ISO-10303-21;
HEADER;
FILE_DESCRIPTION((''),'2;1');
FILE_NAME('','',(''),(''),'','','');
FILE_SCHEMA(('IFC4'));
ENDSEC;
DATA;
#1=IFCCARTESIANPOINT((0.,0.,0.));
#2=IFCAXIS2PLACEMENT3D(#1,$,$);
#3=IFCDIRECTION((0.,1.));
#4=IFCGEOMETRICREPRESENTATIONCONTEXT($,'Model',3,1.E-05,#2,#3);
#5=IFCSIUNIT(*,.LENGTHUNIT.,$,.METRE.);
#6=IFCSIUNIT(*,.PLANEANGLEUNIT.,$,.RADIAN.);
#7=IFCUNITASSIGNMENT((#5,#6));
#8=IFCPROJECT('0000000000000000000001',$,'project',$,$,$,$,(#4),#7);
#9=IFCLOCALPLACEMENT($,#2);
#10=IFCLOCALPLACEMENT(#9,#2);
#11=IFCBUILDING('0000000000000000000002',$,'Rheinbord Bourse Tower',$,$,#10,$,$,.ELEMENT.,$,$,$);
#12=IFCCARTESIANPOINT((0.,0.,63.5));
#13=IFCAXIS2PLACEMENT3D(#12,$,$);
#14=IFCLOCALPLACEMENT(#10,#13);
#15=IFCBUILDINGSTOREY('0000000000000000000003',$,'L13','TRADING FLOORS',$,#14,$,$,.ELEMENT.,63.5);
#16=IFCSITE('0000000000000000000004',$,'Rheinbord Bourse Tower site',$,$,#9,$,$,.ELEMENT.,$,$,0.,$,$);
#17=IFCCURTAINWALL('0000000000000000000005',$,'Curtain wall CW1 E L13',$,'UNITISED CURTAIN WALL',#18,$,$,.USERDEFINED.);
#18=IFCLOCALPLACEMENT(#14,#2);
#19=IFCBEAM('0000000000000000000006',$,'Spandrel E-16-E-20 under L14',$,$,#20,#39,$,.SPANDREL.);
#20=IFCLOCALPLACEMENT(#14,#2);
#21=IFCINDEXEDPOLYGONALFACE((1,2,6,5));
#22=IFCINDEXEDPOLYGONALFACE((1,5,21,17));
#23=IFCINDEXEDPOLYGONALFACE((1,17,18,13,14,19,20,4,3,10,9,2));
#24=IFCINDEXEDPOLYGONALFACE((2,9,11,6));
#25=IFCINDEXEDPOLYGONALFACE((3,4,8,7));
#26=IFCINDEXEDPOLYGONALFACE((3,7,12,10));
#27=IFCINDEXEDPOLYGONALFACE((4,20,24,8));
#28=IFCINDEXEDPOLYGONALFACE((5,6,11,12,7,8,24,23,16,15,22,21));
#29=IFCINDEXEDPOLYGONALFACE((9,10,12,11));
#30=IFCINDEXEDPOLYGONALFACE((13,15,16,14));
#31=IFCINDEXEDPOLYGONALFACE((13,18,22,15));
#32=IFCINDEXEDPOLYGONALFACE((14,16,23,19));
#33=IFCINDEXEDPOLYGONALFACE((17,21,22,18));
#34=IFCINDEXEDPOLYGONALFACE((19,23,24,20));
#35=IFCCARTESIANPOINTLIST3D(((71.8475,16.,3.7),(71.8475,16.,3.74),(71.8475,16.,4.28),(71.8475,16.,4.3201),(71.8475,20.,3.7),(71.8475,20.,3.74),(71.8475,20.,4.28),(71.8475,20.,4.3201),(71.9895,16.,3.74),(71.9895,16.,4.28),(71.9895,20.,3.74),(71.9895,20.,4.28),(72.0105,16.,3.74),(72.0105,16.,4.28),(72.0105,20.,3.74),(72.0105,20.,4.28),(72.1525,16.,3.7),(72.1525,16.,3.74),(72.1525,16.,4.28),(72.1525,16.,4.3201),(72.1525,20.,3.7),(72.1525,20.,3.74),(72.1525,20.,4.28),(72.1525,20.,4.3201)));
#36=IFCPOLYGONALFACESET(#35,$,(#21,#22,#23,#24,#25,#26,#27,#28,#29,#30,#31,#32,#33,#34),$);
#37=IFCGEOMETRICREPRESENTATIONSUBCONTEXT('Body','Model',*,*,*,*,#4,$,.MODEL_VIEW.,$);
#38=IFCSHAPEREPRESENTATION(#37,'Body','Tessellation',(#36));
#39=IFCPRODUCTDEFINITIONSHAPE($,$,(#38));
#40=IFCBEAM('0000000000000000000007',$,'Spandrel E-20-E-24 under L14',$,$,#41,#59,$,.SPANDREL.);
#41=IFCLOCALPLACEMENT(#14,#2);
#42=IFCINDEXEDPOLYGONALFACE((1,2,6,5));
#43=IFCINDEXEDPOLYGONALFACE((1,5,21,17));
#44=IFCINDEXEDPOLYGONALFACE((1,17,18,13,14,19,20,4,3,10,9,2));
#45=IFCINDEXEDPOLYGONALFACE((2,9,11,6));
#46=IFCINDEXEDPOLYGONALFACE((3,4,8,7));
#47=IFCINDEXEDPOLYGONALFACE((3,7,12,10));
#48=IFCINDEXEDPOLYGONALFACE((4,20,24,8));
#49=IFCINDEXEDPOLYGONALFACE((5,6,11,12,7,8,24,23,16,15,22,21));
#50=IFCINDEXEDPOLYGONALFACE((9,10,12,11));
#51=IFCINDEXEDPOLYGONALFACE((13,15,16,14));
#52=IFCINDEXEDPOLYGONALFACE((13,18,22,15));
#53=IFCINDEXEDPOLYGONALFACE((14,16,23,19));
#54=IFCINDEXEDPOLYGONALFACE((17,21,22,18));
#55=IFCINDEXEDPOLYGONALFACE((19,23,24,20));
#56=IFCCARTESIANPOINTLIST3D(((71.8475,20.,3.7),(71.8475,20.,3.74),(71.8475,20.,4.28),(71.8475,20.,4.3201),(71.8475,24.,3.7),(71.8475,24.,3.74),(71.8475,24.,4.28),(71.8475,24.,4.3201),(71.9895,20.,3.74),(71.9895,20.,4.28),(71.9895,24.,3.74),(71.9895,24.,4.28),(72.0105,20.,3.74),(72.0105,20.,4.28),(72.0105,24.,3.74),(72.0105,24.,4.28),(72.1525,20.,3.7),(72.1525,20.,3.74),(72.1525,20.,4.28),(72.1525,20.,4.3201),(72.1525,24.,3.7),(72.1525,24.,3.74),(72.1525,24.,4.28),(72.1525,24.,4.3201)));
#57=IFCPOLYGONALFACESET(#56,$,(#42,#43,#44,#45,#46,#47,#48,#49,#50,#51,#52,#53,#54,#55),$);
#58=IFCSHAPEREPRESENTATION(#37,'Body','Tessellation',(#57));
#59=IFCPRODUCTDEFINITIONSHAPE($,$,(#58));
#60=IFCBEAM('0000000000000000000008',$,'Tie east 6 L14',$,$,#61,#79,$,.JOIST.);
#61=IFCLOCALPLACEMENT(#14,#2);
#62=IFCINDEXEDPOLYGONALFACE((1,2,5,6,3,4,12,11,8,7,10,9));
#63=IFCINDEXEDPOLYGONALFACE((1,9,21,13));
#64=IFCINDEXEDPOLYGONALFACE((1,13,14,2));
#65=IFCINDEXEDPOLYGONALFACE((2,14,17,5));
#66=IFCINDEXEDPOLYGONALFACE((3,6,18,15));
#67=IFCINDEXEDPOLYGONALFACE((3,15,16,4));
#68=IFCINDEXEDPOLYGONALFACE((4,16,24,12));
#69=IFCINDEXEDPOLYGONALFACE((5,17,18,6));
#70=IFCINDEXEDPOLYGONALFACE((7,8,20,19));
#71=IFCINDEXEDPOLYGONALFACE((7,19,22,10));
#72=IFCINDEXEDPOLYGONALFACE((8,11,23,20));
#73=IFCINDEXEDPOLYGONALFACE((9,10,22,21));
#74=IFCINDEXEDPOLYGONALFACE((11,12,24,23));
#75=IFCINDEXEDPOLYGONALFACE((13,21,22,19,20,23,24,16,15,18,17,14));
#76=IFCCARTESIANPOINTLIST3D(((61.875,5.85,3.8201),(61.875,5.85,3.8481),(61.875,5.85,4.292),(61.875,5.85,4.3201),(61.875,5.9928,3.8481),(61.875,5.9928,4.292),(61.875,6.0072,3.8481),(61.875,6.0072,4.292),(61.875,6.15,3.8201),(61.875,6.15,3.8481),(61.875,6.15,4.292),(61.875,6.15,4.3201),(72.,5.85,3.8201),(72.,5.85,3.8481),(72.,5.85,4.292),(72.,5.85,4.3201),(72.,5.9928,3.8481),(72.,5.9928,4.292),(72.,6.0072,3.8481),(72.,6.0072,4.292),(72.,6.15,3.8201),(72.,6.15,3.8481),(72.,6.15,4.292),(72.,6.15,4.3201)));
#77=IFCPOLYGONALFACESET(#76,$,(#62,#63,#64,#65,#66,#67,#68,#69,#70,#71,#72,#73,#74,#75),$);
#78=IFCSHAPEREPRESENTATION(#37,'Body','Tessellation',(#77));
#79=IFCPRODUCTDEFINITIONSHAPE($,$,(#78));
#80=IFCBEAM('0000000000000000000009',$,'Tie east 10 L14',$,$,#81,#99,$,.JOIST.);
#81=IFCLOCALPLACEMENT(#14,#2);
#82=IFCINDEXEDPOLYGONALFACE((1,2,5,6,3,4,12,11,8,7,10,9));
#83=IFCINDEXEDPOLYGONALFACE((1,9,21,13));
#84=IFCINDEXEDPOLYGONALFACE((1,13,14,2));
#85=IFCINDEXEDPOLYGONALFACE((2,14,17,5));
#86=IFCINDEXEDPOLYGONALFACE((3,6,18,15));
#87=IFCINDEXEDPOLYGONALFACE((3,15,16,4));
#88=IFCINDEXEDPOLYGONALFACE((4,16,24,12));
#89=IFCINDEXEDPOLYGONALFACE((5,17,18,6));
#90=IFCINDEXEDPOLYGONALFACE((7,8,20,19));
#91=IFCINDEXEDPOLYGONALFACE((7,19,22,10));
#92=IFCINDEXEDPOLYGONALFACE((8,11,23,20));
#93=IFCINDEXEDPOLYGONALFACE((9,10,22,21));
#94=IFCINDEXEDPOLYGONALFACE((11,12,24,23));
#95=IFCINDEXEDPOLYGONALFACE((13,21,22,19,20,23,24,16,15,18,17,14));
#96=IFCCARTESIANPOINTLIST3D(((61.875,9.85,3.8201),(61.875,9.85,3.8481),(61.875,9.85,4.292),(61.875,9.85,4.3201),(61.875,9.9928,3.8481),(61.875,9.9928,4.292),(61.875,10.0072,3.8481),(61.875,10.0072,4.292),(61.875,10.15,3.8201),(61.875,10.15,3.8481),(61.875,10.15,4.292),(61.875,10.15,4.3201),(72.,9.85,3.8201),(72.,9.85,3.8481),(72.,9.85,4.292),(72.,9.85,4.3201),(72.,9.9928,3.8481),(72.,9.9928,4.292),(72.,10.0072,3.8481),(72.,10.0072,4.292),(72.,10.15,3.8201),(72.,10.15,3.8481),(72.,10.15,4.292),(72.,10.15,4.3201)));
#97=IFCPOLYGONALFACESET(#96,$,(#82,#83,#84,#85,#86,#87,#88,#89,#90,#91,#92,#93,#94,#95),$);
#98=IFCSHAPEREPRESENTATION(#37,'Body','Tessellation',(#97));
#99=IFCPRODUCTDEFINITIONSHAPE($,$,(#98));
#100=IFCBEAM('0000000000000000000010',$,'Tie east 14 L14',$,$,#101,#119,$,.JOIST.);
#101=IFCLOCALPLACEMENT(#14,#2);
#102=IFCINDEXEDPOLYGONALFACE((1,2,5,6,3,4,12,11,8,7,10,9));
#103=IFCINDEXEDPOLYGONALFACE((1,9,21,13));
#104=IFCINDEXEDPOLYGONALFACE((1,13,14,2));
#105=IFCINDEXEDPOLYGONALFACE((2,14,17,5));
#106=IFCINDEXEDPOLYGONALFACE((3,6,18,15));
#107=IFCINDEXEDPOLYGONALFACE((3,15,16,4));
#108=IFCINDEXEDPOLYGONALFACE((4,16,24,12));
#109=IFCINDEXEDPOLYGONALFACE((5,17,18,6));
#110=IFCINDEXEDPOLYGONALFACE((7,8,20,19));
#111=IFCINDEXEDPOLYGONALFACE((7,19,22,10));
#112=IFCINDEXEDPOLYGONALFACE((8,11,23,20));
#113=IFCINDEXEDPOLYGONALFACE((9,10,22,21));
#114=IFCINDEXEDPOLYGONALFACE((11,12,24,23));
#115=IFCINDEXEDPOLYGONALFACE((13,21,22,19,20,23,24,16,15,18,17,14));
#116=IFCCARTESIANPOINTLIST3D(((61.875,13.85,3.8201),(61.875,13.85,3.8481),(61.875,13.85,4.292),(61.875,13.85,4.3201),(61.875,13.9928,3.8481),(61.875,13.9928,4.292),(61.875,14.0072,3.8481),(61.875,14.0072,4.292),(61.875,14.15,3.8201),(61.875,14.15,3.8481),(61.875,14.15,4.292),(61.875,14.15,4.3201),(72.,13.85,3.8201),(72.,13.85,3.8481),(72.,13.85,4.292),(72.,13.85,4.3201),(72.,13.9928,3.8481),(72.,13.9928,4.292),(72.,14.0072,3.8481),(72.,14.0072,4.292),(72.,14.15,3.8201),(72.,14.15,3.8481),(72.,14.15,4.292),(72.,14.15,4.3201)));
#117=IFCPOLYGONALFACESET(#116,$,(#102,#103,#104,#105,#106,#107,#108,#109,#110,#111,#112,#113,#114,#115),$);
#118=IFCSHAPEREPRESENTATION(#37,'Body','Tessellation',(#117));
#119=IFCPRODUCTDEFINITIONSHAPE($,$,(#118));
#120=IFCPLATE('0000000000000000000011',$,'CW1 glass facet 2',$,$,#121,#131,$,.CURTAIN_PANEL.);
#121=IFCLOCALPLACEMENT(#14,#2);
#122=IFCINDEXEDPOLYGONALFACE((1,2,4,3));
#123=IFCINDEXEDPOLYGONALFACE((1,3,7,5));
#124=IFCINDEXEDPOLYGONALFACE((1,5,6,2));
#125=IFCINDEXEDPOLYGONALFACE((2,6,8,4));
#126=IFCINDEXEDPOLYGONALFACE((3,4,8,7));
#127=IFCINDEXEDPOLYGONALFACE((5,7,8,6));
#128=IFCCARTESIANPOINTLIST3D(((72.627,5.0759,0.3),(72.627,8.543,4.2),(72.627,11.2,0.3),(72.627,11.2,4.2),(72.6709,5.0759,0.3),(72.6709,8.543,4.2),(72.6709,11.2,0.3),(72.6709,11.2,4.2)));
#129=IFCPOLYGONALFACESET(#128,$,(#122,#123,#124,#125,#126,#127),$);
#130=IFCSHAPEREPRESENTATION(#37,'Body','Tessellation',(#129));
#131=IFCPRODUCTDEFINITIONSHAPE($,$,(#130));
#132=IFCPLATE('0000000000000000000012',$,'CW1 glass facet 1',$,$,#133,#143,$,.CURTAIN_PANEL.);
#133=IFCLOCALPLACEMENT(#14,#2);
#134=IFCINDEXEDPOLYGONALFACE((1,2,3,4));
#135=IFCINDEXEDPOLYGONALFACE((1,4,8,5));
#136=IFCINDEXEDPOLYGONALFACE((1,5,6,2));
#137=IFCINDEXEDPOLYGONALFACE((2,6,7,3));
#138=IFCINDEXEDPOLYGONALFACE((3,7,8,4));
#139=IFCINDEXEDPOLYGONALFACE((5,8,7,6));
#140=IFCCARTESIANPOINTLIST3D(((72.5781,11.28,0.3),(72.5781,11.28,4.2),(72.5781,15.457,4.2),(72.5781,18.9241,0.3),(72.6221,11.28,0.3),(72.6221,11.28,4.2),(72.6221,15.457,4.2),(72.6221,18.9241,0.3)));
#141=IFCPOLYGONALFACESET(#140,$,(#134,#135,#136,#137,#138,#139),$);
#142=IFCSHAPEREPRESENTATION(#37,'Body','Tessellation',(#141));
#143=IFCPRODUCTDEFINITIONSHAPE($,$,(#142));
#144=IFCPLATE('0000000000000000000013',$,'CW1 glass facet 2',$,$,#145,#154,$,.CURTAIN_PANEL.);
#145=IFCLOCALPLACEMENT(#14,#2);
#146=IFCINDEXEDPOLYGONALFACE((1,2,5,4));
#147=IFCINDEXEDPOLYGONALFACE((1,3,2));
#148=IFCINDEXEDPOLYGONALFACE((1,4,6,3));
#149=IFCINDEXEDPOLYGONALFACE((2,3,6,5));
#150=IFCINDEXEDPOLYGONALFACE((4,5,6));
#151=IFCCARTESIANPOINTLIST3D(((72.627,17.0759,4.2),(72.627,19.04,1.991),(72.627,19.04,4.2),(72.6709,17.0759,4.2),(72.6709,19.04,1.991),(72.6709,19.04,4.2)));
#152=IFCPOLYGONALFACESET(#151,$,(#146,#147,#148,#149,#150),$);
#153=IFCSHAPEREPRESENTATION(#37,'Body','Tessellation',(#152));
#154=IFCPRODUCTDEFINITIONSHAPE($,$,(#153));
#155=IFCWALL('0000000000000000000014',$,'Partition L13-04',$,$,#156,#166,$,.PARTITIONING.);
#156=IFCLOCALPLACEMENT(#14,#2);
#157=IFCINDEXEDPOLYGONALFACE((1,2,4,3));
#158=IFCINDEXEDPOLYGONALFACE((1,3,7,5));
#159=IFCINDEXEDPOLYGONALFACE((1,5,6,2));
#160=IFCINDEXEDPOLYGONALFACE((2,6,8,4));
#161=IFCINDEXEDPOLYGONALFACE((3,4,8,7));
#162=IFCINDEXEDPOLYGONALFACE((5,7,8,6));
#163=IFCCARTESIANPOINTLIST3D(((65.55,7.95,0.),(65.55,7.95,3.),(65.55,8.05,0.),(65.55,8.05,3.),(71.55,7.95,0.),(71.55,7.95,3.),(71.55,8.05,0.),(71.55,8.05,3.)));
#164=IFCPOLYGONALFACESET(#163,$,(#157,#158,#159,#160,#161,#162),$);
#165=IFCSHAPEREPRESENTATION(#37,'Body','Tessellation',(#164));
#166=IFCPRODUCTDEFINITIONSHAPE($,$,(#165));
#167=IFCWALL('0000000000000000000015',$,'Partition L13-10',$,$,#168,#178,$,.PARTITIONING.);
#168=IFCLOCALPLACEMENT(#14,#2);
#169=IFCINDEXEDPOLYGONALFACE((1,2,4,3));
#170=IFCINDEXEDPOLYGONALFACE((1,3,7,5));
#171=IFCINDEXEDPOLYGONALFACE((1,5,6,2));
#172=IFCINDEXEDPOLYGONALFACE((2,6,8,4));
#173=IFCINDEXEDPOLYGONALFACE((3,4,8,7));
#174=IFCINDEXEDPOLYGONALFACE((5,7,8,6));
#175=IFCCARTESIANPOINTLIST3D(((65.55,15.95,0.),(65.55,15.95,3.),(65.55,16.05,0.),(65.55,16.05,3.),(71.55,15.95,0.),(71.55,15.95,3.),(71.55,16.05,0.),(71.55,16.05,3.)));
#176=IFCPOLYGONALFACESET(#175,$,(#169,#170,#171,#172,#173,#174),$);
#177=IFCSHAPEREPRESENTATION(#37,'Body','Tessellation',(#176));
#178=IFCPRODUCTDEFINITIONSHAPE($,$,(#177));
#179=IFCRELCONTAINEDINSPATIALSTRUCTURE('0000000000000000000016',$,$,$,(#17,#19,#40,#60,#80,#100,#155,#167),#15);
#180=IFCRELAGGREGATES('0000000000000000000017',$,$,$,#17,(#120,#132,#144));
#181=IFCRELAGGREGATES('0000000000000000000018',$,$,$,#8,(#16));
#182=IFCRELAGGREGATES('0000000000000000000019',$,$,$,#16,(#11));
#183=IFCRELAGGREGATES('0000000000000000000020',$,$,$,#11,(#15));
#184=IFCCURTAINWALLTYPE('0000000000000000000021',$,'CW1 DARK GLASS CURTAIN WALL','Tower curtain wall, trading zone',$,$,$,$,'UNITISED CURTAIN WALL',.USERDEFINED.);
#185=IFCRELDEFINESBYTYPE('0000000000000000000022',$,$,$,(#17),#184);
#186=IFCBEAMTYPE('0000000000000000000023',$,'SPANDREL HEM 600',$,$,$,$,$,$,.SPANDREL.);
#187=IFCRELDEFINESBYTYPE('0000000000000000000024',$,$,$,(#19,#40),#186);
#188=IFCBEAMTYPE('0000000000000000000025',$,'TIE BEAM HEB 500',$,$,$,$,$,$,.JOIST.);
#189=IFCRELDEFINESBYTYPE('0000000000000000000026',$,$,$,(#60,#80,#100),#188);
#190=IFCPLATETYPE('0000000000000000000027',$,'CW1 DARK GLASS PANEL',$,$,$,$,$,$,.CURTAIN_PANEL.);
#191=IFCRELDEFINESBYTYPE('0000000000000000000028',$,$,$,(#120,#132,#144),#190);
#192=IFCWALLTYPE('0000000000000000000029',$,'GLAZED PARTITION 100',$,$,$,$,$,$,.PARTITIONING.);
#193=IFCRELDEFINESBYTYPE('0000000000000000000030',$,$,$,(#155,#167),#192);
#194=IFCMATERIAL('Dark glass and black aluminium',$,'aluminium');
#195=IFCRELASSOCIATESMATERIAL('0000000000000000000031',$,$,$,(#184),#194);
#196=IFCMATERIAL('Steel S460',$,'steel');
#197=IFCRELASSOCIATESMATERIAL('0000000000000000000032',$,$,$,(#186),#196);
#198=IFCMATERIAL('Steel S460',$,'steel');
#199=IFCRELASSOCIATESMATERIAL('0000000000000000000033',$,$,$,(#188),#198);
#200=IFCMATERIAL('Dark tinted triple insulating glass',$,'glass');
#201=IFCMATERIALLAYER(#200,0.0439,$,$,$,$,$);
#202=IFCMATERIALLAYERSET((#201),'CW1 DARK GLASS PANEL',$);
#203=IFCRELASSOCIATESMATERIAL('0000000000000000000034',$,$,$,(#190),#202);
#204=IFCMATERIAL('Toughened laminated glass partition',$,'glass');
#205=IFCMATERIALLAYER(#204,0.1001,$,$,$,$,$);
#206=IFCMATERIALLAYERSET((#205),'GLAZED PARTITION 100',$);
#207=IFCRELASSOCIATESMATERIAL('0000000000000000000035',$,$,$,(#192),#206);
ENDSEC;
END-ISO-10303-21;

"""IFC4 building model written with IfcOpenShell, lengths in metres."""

from ifc_helpers import new_model, si_unit, direction, frame, frame_2d, origin, origin_2d, place, context, subcontext, project, spatial, polyline, rectangle, i_section, outline, extrude, material, layer, layer_set, material_profile, profile_set, type_object, element, aggregate, save


model = new_model("IFC4")

# Units and contexts
model_context = context("Model", 3, precision=1e-05, world=origin(), true_north=direction((0.0, 1.0)))
body_context = subcontext(model_context, "Body", "Model", "MODEL_VIEW")
ifc_project = project(units=[si_unit("LENGTHUNIT", "METRE"), si_unit("PLANEANGLEUNIT", "RADIAN")], contexts=[model_context])

# Site, building, storey
site_placement = place(None, origin())
site = spatial("IfcSite", under=ifc_project, at=site_placement, Name="Rheinbord Bourse Tower site", CompositionType="ELEMENT", RefElevation=0.0)
building_placement = place(site_placement, origin())
building = spatial("IfcBuilding", under=site, at=building_placement, Name="Rheinbord Bourse Tower", CompositionType="ELEMENT")
storey_placement = place(building_placement, frame((0.0, 0.0, 63.5)))
storey = spatial("IfcBuildingStorey", under=building, at=storey_placement, Name="L13", Description="TRADING FLOORS", CompositionType="ELEMENT", Elevation=63.5)

# Curtain wall
ifc_material_1 = material(Name="Dark glass and black aluminium", Category="aluminium")
curtain_wall_type = type_object("IfcCurtainWallType", Name="CW1 DARK GLASS CURTAIN WALL", Description="Tower curtain wall, trading zone", ElementType="UNITISED CURTAIN WALL", PredefinedType="USERDEFINED", material=ifc_material_1)
curtain_wall_placement = place(storey_placement, origin())
curtain_wall = element("IfcCurtainWall", 1, at=curtain_wall_placement, inside=storey, type_object=curtain_wall_type, Name="Curtain wall CW1 E L13", ObjectType="UNITISED CURTAIN WALL", PredefinedType="USERDEFINED")

# Beams
ifc_material_2 = material(Name="Steel S460", Category="steel")
ifc_material_profile_1 = material_profile(ifc_material_2, i_section(OverallWidth=0.3049, OverallDepth=0.6201, WebThickness=0.021, FlangeThickness=0.04, at=origin_2d()), Name="HEM 600")
ifc_profile_set_1 = profile_set([ifc_material_profile_1], Name="Steel S460")
beam_type_1 = type_object("IfcBeamType", Name="SPANDREL HEM 600", PredefinedType="SPANDREL", material=ifc_profile_set_1)
for number, where, z_axis, x_axis, name in (
    (2, (72.0, 16.0, 4.01), (0.0, 1.0, 0.0), (-1.0, 0.0, 0.0), "Spandrel E-16-E-20 under L14"),
    (3, (72.0, 20.0, 4.01), (0.0, 1.0, 0.0), (-1.0, 0.0, 0.0), "Spandrel E-20-E-24 under L14"),
):
    element("IfcBeam", number, at=place(storey_placement, frame(where, z_axis=z_axis, x_axis=x_axis)), inside=storey, type_object=beam_type_1, Name=name, PredefinedType="SPANDREL", context=body_context, shape_type="SweptSolid", body=[
        extrude(i_section(OverallWidth=0.3049, OverallDepth=0.6201, WebThickness=0.021, FlangeThickness=0.04, at=origin_2d()), origin(), (0.0, 0.0, 1.0), 4.0),
    ])
ifc_material_3 = material(Name="Steel S460", Category="steel")
ifc_material_profile_2 = material_profile(ifc_material_3, i_section(OverallWidth=0.3, OverallDepth=0.5, WebThickness=0.0144, FlangeThickness=0.0281, at=origin_2d()), Name="HEB 500")
ifc_profile_set_2 = profile_set([ifc_material_profile_2], Name="Steel S460")
beam_type_2 = type_object("IfcBeamType", Name="TIE BEAM HEB 500", PredefinedType="JOIST", material=ifc_profile_set_2)
for number, where, z_axis, x_axis, name in (
    (4, (61.875, 6.0, 4.0701), (1.0, 0.0, 0.0), (0.0, 1.0, 0.0), "Tie east 6 L14"),
    (5, (61.875, 10.0, 4.0701), (1.0, 0.0, 0.0), (0.0, 1.0, 0.0), "Tie east 10 L14"),
    (6, (61.875, 14.0, 4.0701), (1.0, 0.0, 0.0), (0.0, 1.0, 0.0), "Tie east 14 L14"),
):
    element("IfcBeam", number, at=place(storey_placement, frame(where, z_axis=z_axis, x_axis=x_axis)), inside=storey, type_object=beam_type_2, Name=name, PredefinedType="JOIST", context=body_context, shape_type="SweptSolid", body=[
        extrude(i_section(OverallWidth=0.3, OverallDepth=0.5, WebThickness=0.0144, FlangeThickness=0.0281, at=origin_2d()), origin(), (0.0, 0.0, 1.0), 10.125),
    ])

# Plates
ifc_material_4 = material(Name="Dark tinted triple insulating glass", Category="glass")
ifc_layer_1 = layer(ifc_material_4, 0.0439)
ifc_layer_set_1 = layer_set([ifc_layer_1], Name="CW1 DARK GLASS PANEL")
plate_type = type_object("IfcPlateType", Name="CW1 DARK GLASS PANEL", PredefinedType="CURTAIN_PANEL", material=ifc_layer_set_1)
plate_1_placement = place(storey_placement, frame((72.6709, 11.2, 4.2), z_axis=(-1.0, 0.0, 0.0), x_axis=(0.0, 0.0, -1.0)))
plate_1 = element("IfcPlate", 7, at=plate_1_placement, type_object=plate_type, Name="CW1 glass facet 2", PredefinedType="CURTAIN_PANEL", context=body_context, shape_type="SweptSolid", body=[
    extrude(outline(polyline([(0.0, 0.0), (3.8999, 0.0), (3.8999, 6.124), (0.0, 2.657), (0.0, 0.0)])), origin(), (0.0, 0.0, 1.0), 0.0439),
])
plate_2_placement = place(storey_placement, frame((72.6221, 11.28, 0.3), z_axis=(-1.0, 0.0, 0.0), x_axis=(0.0, 0.0, 1.0)))
plate_2 = element("IfcPlate", 8, at=plate_2_placement, type_object=plate_type, Name="CW1 glass facet 1", PredefinedType="CURTAIN_PANEL", context=body_context, shape_type="SweptSolid", body=[
    extrude(outline(polyline([(0.0, 0.0), (3.8999, 0.0), (3.8999, 4.177), (0.0, 7.644), (0.0, 0.0)])), origin(), (0.0, 0.0, 1.0), 0.0439),
])
plate_3_placement = place(storey_placement, frame((72.6709, 19.04, 4.2), z_axis=(-1.0, 0.0, 0.0), x_axis=(0.0, 0.0, -1.0)))
plate_3 = element("IfcPlate", 9, at=plate_3_placement, type_object=plate_type, Name="CW1 glass facet 2", PredefinedType="CURTAIN_PANEL", context=body_context, shape_type="SweptSolid", body=[
    extrude(outline(polyline([(0.0, 0.0), (2.209, 0.0), (0.0, 1.9641), (0.0, 0.0)])), origin(), (0.0, 0.0, 1.0), 0.0439),
])
aggregate(curtain_wall, [plate_1, plate_2, plate_3])

# Walls
ifc_material_5 = material(Name="Toughened laminated glass partition", Category="glass")
ifc_layer_2 = layer(ifc_material_5, 0.1001)
ifc_layer_set_2 = layer_set([ifc_layer_2], Name="GLAZED PARTITION 100")
wall_type_1 = type_object("IfcWallType", Name="GLAZED PARTITION 100", PredefinedType="PARTITIONING", material=ifc_layer_set_2)
for number, where, z_axis, x_axis, name in (
    (10, (65.55, 8.0, 0.0), (0.0, 0.0, 1.0), (1.0, 0.0, 0.0), "Partition L13-04"),
    (11, (65.55, 16.0, 0.0), (0.0, 0.0, 1.0), (1.0, 0.0, 0.0), "Partition L13-10"),
):
    element("IfcWall", number, at=place(storey_placement, frame(where, z_axis=z_axis, x_axis=x_axis)), inside=storey, type_object=wall_type_1, Name=name, PredefinedType="PARTITIONING", context=body_context, shape_type="SweptSolid", body=[
        extrude(rectangle(XDim=6.0, YDim=0.1001, at=frame_2d((3.0, 0.0))), origin(), (0.0, 0.0, 1.0), 3.0),
    ])

save(model, "model.ifc")
